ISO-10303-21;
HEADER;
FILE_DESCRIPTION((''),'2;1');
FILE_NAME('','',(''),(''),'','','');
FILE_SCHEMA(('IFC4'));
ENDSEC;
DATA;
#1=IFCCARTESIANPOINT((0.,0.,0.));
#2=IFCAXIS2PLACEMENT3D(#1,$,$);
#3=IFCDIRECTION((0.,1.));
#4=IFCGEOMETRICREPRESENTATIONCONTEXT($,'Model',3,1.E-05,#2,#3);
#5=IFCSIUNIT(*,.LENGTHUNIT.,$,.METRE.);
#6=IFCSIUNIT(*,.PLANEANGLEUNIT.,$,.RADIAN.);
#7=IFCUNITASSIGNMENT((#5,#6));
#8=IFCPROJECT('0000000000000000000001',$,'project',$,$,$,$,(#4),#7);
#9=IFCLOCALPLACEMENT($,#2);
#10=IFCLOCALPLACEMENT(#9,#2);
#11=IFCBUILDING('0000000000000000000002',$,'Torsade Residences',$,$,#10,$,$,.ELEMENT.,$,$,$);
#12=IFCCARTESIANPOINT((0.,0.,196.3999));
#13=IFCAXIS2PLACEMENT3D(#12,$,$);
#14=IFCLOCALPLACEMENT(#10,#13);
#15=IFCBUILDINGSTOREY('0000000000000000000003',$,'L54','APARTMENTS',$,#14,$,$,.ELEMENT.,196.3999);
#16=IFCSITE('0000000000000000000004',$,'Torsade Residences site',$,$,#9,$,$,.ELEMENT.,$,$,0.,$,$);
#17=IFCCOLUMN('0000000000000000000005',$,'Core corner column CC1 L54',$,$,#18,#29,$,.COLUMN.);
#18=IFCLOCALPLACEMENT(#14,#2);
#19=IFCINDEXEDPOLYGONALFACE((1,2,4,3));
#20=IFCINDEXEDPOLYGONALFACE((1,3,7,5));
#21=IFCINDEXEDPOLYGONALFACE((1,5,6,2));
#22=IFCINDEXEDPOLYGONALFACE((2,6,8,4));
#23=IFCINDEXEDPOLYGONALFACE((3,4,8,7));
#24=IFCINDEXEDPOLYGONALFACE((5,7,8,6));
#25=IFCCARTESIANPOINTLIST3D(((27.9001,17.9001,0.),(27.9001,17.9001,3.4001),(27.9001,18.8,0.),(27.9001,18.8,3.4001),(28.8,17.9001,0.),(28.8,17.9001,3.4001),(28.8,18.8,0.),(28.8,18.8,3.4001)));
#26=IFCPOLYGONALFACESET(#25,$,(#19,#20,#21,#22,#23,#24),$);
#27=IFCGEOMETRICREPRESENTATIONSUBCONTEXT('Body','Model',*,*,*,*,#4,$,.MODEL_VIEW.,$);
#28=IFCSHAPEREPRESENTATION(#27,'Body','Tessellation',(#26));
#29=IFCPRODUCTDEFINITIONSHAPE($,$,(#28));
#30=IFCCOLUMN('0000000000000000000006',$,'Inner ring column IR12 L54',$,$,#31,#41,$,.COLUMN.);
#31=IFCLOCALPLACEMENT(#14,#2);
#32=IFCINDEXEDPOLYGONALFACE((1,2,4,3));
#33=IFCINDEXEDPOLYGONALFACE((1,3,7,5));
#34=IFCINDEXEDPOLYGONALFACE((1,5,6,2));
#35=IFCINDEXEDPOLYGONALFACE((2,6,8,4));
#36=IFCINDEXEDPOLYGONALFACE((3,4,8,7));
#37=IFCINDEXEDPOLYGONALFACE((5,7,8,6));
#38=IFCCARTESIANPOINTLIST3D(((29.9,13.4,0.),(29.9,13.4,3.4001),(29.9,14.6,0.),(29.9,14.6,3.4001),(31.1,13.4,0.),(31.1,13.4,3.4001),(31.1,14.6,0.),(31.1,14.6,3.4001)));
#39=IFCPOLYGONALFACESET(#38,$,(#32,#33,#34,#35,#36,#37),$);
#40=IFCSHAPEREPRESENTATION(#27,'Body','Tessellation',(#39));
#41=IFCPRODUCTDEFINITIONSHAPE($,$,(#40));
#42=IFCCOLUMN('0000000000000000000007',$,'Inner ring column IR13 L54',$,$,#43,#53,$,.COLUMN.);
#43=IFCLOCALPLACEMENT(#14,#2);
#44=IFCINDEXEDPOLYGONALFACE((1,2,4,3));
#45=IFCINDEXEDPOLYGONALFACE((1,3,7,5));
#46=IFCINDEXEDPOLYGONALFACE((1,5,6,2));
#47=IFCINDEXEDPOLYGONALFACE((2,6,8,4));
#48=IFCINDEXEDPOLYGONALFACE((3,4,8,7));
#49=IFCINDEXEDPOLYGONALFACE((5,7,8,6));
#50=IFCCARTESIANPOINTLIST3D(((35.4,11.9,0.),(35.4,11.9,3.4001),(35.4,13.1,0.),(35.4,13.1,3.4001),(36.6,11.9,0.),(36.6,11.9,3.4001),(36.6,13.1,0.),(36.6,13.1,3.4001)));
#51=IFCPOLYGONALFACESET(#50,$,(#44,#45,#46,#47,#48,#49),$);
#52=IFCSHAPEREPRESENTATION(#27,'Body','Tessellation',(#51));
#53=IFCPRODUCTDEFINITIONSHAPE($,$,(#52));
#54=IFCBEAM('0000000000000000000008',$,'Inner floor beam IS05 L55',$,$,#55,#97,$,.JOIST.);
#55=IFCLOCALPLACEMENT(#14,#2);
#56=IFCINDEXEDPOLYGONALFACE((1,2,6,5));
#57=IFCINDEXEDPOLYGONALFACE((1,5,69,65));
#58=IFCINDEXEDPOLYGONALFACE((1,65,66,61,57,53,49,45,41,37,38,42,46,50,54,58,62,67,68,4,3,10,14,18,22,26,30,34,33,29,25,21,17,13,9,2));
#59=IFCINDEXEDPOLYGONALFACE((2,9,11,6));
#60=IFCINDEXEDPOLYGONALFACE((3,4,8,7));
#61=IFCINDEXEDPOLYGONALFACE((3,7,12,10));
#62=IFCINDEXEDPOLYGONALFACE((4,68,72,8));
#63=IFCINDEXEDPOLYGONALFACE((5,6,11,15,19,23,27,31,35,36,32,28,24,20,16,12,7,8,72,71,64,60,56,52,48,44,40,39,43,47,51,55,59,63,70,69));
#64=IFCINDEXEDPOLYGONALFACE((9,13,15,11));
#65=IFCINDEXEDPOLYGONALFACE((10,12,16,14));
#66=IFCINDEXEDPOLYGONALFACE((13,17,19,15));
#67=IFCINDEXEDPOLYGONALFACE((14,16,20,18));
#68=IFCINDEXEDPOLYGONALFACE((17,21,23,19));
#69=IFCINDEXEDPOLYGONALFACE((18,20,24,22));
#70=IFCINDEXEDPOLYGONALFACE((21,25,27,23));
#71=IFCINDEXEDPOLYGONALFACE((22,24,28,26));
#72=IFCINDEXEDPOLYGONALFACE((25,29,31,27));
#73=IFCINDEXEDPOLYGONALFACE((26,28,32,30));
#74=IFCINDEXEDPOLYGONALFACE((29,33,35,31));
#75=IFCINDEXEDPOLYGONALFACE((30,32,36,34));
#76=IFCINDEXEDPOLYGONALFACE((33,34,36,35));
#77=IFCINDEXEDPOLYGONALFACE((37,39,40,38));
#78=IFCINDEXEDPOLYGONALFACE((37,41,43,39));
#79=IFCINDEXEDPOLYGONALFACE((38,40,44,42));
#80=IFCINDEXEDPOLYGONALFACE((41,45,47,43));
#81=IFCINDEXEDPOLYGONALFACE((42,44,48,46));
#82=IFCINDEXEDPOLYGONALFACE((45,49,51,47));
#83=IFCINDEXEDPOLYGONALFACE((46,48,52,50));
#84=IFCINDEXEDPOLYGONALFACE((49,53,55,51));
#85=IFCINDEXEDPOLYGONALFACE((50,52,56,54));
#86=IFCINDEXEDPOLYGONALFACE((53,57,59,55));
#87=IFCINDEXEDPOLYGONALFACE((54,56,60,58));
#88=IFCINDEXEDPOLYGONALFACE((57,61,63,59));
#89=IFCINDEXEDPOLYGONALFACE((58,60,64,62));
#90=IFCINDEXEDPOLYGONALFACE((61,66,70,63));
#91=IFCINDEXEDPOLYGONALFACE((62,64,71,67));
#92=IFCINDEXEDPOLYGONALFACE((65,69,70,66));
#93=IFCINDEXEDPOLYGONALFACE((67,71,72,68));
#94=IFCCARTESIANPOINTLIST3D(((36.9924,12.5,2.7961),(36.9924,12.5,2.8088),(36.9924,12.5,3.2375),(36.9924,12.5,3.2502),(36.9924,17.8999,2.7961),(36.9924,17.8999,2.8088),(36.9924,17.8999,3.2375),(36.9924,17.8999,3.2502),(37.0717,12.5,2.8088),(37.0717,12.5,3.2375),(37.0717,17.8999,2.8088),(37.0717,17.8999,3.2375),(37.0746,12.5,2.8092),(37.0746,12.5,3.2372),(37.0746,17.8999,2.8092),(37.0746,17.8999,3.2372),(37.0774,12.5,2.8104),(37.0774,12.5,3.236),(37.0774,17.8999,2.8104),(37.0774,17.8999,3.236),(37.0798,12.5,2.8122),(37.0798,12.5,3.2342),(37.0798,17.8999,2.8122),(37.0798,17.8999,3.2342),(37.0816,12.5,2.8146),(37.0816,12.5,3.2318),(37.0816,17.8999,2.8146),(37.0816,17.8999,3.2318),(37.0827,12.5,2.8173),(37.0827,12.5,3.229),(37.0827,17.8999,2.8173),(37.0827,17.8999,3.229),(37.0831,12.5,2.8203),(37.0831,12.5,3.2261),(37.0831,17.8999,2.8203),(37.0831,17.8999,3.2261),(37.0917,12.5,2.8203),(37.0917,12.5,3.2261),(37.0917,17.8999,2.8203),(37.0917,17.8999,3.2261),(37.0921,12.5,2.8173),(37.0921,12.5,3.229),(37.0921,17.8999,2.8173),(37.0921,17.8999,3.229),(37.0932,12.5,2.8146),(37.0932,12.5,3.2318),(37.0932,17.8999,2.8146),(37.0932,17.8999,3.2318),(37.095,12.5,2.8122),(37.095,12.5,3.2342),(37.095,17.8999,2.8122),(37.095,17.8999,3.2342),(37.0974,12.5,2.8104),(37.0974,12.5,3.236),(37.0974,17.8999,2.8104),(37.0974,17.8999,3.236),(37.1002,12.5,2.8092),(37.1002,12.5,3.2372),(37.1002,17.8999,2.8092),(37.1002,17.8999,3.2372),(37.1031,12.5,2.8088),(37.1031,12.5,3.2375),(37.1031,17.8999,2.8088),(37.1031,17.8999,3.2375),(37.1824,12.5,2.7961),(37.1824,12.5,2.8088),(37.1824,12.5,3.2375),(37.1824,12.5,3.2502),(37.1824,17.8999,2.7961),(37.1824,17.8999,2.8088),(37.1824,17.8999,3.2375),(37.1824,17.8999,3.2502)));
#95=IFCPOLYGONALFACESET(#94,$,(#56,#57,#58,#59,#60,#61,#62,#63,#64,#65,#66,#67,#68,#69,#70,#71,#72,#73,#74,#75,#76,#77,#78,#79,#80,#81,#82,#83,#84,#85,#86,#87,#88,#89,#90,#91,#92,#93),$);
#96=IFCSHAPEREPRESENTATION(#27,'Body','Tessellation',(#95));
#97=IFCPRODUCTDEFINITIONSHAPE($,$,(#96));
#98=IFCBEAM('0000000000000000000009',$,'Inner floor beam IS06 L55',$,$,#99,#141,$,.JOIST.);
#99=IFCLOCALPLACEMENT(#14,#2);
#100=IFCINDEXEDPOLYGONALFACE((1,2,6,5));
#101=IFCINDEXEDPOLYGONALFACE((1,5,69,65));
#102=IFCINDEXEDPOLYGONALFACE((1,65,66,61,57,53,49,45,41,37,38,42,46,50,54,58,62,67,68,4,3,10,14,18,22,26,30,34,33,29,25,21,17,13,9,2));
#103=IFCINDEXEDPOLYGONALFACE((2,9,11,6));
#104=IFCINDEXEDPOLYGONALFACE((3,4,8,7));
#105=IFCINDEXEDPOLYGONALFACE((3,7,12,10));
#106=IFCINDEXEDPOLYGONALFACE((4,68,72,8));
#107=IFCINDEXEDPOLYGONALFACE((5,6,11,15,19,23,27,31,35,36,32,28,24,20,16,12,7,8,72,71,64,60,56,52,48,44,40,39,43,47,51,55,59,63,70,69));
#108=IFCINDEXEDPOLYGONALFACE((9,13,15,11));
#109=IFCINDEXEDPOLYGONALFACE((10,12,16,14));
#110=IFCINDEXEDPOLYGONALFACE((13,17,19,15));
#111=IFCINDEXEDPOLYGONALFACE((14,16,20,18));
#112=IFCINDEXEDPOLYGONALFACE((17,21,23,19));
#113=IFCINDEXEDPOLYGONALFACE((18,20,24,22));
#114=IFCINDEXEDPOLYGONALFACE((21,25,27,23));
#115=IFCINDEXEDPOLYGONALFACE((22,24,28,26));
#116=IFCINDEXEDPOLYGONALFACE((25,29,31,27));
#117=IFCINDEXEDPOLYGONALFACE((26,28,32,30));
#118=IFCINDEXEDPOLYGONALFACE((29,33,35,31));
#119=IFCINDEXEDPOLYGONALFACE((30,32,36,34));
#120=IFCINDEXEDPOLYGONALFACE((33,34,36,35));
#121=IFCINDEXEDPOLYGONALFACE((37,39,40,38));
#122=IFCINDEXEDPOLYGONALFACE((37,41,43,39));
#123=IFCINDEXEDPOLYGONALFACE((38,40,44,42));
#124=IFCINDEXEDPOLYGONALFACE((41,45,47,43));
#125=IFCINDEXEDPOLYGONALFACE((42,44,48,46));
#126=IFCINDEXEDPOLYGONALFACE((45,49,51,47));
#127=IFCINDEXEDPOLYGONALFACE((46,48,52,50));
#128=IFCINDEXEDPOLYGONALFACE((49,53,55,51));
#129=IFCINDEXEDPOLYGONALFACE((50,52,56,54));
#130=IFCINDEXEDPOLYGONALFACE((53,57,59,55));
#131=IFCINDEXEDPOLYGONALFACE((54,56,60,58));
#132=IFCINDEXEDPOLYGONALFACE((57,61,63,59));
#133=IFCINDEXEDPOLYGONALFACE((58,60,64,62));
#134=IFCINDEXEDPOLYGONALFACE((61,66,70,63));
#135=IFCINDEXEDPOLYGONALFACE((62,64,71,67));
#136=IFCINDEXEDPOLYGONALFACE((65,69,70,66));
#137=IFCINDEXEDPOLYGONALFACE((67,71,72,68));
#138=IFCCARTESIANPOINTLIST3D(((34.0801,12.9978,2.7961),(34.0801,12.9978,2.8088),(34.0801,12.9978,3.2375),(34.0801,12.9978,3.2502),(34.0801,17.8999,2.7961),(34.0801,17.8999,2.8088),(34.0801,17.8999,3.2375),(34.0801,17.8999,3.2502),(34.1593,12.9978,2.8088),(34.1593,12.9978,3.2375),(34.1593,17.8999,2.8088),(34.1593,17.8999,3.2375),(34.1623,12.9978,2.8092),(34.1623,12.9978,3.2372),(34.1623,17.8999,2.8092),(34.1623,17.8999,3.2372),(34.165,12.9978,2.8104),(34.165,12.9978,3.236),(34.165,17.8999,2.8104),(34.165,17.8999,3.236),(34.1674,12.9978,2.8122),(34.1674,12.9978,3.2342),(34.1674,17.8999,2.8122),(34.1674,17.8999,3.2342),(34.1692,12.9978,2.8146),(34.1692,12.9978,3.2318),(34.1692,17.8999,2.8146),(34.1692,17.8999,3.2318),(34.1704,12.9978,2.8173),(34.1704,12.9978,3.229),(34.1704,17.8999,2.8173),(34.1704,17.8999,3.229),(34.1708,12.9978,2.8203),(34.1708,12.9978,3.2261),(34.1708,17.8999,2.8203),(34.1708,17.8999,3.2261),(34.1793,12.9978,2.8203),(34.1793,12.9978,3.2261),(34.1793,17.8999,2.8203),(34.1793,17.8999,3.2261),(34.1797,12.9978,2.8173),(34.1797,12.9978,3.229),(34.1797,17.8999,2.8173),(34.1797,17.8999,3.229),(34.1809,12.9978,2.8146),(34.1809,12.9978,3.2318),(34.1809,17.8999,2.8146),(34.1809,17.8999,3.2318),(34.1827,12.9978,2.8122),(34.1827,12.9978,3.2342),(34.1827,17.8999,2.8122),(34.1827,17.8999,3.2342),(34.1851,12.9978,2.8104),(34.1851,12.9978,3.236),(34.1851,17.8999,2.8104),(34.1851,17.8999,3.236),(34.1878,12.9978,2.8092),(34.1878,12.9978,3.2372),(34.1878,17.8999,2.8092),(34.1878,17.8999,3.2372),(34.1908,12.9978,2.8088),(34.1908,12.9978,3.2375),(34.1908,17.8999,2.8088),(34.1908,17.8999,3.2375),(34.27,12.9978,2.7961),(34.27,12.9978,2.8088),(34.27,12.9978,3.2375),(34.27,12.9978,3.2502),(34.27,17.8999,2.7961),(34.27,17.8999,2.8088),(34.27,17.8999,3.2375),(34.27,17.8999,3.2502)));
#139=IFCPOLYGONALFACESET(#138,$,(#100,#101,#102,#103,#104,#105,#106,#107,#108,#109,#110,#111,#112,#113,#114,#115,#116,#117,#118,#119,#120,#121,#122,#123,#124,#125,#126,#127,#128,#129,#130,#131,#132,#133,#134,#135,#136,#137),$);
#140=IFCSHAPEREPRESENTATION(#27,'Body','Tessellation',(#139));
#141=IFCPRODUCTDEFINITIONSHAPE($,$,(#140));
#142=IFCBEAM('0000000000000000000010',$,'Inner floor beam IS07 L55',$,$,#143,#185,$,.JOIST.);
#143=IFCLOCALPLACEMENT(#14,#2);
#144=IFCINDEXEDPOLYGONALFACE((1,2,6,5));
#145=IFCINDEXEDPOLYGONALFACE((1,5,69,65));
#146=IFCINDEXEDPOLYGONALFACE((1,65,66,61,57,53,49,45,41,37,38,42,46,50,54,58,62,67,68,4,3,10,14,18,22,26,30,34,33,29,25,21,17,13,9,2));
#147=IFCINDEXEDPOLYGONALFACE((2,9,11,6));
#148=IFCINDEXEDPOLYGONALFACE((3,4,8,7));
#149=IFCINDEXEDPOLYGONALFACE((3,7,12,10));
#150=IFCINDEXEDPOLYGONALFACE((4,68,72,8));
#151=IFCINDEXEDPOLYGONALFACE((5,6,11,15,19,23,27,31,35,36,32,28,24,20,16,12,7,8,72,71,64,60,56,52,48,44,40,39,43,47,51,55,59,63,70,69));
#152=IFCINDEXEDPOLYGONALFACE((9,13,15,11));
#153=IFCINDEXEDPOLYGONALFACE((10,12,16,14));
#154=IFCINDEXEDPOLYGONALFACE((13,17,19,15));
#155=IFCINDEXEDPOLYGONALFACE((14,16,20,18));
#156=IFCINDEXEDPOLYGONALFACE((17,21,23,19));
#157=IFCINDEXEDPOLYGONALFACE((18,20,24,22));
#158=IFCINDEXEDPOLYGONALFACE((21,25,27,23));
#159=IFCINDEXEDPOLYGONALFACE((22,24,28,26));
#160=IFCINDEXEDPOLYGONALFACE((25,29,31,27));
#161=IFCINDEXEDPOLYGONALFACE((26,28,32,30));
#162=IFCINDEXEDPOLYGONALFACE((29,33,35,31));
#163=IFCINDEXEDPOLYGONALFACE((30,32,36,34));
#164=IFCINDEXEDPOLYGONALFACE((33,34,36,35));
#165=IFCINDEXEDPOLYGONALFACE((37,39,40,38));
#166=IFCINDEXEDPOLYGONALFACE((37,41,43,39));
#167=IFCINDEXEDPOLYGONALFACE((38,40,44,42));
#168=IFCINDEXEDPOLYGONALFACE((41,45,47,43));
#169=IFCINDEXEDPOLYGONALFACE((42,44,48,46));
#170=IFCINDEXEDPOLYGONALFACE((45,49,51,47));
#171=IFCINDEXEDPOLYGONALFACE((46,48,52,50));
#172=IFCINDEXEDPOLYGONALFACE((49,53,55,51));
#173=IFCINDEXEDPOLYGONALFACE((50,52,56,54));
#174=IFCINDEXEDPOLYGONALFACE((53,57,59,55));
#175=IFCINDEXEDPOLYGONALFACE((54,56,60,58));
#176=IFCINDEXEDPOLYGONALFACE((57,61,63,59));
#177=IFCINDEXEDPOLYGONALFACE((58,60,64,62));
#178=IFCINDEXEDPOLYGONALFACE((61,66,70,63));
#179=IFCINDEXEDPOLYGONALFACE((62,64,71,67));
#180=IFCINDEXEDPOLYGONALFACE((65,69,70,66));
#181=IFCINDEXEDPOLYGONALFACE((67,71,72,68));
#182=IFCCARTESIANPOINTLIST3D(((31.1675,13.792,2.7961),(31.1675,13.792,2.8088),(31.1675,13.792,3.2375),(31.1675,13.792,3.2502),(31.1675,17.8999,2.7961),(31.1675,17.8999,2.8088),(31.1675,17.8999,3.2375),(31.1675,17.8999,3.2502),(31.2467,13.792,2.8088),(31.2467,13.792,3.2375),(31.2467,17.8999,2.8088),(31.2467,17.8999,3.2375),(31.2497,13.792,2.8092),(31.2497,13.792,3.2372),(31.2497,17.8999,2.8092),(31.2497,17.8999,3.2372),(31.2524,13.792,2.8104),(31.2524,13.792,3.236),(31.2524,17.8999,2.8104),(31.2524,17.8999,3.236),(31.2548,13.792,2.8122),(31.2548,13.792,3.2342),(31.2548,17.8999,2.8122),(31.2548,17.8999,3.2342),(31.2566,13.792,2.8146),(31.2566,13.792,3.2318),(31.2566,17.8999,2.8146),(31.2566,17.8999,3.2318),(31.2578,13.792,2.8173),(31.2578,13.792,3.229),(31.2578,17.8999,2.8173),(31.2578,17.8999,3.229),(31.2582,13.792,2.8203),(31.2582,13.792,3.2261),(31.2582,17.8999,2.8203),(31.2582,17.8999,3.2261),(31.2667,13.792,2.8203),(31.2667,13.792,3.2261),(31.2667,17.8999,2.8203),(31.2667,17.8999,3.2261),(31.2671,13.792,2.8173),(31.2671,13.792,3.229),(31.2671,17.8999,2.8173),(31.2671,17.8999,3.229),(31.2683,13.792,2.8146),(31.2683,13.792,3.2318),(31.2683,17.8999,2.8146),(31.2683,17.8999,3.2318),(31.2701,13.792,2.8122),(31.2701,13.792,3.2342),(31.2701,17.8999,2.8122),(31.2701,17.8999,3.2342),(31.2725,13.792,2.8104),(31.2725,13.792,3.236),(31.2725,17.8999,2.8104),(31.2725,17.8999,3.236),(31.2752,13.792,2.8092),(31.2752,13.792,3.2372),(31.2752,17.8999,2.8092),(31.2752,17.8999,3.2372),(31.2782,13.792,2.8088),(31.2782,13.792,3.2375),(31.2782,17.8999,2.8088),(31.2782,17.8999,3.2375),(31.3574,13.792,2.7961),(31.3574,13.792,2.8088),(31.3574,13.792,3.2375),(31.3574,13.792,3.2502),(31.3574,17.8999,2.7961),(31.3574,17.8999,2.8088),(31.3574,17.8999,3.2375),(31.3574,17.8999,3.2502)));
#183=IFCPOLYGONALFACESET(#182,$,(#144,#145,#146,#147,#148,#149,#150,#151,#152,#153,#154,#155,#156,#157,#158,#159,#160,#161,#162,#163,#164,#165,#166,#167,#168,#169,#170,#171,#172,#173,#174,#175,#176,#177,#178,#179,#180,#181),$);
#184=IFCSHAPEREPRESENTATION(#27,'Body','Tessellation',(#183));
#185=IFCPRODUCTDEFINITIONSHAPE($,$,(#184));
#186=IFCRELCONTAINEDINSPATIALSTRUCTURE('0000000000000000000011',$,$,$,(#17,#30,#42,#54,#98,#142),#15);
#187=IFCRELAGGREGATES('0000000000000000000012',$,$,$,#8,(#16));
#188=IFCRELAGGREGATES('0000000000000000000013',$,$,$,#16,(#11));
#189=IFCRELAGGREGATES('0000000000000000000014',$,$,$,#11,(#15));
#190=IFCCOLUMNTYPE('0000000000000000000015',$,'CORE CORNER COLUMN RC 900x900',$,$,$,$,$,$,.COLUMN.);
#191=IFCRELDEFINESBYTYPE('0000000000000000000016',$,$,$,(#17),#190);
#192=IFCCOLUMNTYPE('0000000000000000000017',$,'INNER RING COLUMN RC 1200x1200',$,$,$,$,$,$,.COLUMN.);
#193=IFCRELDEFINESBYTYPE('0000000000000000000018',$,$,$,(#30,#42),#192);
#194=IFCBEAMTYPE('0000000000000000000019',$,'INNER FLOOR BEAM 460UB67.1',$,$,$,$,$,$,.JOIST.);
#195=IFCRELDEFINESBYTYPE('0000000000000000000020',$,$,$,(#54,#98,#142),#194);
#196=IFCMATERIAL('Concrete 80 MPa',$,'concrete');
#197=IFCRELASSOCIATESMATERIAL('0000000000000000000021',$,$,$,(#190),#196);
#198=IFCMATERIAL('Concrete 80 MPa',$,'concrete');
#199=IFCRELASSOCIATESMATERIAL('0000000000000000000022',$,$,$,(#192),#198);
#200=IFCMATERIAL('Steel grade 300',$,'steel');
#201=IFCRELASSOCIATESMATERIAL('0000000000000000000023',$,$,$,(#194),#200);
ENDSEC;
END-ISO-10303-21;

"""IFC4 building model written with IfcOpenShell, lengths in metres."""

from ifc_helpers import new_model, si_unit, direction, frame, origin, origin_2d, place, context, subcontext, project, spatial, rectangle, i_section, extrude, material, material_profile, profile_set, type_object, element, save


model = new_model("IFC4")

# Units and contexts
model_context = context("Model", 3, precision=1e-05, world=origin(), true_north=direction((0.0, 1.0)))
body_context = subcontext(model_context, "Body", "Model", "MODEL_VIEW")
ifc_project = project(units=[si_unit("LENGTHUNIT", "METRE"), si_unit("PLANEANGLEUNIT", "RADIAN")], contexts=[model_context])

# Site, building, storey
site_placement = place(None, origin())
site = spatial("IfcSite", under=ifc_project, at=site_placement, Name="Torsade Residences site", CompositionType="ELEMENT", RefElevation=0.0)
building_placement = place(site_placement, origin())
building = spatial("IfcBuilding", under=site, at=building_placement, Name="Torsade Residences", CompositionType="ELEMENT")
storey_placement = place(building_placement, frame((0.0, 0.0, 196.3999)))
storey = spatial("IfcBuildingStorey", under=building, at=storey_placement, Name="L54", Description="APARTMENTS", CompositionType="ELEMENT", Elevation=196.3999)

# Columns
ifc_material_1 = material(Name="Concrete 80 MPa", Category="concrete")
ifc_material_profile_1 = material_profile(ifc_material_1, rectangle(XDim=0.8999, YDim=0.8999, at=origin_2d()), Name="RC 900x900")
ifc_profile_set_1 = profile_set([ifc_material_profile_1], Name="Concrete 80 MPa")
column_type_1 = type_object("IfcColumnType", Name="CORE CORNER COLUMN RC 900x900", PredefinedType="COLUMN", material=ifc_profile_set_1)
column_placement = place(storey_placement, frame((28.3501, 18.3501, 0.0), z_axis=(0.0, 0.0, 1.0), x_axis=(1.0, 0.0, 0.0)))
element("IfcColumn", 1, at=column_placement, inside=storey, type_object=column_type_1, Name="Core corner column CC1 L54", PredefinedType="COLUMN", context=body_context, shape_type="SweptSolid", body=[
    extrude(rectangle(XDim=0.8999, YDim=0.8999, at=origin_2d()), origin(), (0.0, 0.0, 1.0), 3.4001),
])
ifc_material_2 = material(Name="Concrete 80 MPa", Category="concrete")
ifc_material_profile_2 = material_profile(ifc_material_2, rectangle(XDim=1.2, YDim=1.2, at=origin_2d()), Name="RC 1200x1200")
ifc_profile_set_2 = profile_set([ifc_material_profile_2], Name="Concrete 80 MPa")
column_type_2 = type_object("IfcColumnType", Name="INNER RING COLUMN RC 1200x1200", PredefinedType="COLUMN", material=ifc_profile_set_2)
for number, where, z_axis, x_axis, name in (
    (2, (30.5, 14.0, 0.0), (0.0, 0.0, 1.0), (1.0, 0.0, 0.0), "Inner ring column IR12 L54"),
    (3, (36.0, 12.5, 0.0), (0.0, 0.0, 1.0), (1.0, 0.0, 0.0), "Inner ring column IR13 L54"),
):
    element("IfcColumn", number, at=place(storey_placement, frame(where, z_axis=z_axis, x_axis=x_axis)), inside=storey, type_object=column_type_2, Name=name, PredefinedType="COLUMN", context=body_context, shape_type="SweptSolid", body=[
        extrude(rectangle(XDim=1.2, YDim=1.2, at=origin_2d()), origin(), (0.0, 0.0, 1.0), 3.4001),
    ])

# Beams
ifc_material_3 = material(Name="Steel grade 300", Category="steel")
ifc_material_profile_3 = material_profile(ifc_material_3, i_section(OverallWidth=0.1899, OverallDepth=0.4541, WebThickness=0.0085, FlangeThickness=0.0127, FilletRadius=0.0115, at=origin_2d()), Name="460UB67.1")
ifc_profile_set_3 = profile_set([ifc_material_profile_3], Name="Steel grade 300")
beam_type_1 = type_object("IfcBeamType", Name="INNER FLOOR BEAM 460UB67.1", PredefinedType="JOIST", material=ifc_profile_set_3)
beam_1_placement = place(storey_placement, frame((37.0874, 17.8999, 3.0232), z_axis=(0.0, -1.0, 0.0), x_axis=(1.0, 0.0, 0.0)))
element("IfcBeam", 4, at=beam_1_placement, inside=storey, type_object=beam_type_1, Name="Inner floor beam IS05 L55", PredefinedType="JOIST", context=body_context, shape_type="SweptSolid", body=[
    extrude(i_section(OverallWidth=0.1899, OverallDepth=0.4541, WebThickness=0.0085, FlangeThickness=0.0127, FilletRadius=0.0115, at=origin_2d()), origin(), (0.0, 0.0, 1.0), 5.3999),
])
beam_2_placement = place(storey_placement, frame((34.175, 17.8999, 3.0232), z_axis=(0.0, -1.0, 0.0), x_axis=(1.0, 0.0, 0.0)))
element("IfcBeam", 5, at=beam_2_placement, inside=storey, type_object=beam_type_1, Name="Inner floor beam IS06 L55", PredefinedType="JOIST", context=body_context, shape_type="SweptSolid", body=[
    extrude(i_section(OverallWidth=0.1899, OverallDepth=0.4541, WebThickness=0.0085, FlangeThickness=0.0127, FilletRadius=0.0115, at=origin_2d()), origin(), (0.0, 0.0, 1.0), 4.9021),
])
beam_3_placement = place(storey_placement, frame((31.2625, 17.8999, 3.0232), z_axis=(0.0, -1.0, 0.0), x_axis=(1.0, 0.0, 0.0)))
element("IfcBeam", 6, at=beam_3_placement, inside=storey, type_object=beam_type_1, Name="Inner floor beam IS07 L55", PredefinedType="JOIST", context=body_context, shape_type="SweptSolid", body=[
    extrude(i_section(OverallWidth=0.1899, OverallDepth=0.4541, WebThickness=0.0085, FlangeThickness=0.0127, FilletRadius=0.0115, at=origin_2d()), origin(), (0.0, 0.0, 1.0), 4.1079),
])

save(model, "model.ifc")
